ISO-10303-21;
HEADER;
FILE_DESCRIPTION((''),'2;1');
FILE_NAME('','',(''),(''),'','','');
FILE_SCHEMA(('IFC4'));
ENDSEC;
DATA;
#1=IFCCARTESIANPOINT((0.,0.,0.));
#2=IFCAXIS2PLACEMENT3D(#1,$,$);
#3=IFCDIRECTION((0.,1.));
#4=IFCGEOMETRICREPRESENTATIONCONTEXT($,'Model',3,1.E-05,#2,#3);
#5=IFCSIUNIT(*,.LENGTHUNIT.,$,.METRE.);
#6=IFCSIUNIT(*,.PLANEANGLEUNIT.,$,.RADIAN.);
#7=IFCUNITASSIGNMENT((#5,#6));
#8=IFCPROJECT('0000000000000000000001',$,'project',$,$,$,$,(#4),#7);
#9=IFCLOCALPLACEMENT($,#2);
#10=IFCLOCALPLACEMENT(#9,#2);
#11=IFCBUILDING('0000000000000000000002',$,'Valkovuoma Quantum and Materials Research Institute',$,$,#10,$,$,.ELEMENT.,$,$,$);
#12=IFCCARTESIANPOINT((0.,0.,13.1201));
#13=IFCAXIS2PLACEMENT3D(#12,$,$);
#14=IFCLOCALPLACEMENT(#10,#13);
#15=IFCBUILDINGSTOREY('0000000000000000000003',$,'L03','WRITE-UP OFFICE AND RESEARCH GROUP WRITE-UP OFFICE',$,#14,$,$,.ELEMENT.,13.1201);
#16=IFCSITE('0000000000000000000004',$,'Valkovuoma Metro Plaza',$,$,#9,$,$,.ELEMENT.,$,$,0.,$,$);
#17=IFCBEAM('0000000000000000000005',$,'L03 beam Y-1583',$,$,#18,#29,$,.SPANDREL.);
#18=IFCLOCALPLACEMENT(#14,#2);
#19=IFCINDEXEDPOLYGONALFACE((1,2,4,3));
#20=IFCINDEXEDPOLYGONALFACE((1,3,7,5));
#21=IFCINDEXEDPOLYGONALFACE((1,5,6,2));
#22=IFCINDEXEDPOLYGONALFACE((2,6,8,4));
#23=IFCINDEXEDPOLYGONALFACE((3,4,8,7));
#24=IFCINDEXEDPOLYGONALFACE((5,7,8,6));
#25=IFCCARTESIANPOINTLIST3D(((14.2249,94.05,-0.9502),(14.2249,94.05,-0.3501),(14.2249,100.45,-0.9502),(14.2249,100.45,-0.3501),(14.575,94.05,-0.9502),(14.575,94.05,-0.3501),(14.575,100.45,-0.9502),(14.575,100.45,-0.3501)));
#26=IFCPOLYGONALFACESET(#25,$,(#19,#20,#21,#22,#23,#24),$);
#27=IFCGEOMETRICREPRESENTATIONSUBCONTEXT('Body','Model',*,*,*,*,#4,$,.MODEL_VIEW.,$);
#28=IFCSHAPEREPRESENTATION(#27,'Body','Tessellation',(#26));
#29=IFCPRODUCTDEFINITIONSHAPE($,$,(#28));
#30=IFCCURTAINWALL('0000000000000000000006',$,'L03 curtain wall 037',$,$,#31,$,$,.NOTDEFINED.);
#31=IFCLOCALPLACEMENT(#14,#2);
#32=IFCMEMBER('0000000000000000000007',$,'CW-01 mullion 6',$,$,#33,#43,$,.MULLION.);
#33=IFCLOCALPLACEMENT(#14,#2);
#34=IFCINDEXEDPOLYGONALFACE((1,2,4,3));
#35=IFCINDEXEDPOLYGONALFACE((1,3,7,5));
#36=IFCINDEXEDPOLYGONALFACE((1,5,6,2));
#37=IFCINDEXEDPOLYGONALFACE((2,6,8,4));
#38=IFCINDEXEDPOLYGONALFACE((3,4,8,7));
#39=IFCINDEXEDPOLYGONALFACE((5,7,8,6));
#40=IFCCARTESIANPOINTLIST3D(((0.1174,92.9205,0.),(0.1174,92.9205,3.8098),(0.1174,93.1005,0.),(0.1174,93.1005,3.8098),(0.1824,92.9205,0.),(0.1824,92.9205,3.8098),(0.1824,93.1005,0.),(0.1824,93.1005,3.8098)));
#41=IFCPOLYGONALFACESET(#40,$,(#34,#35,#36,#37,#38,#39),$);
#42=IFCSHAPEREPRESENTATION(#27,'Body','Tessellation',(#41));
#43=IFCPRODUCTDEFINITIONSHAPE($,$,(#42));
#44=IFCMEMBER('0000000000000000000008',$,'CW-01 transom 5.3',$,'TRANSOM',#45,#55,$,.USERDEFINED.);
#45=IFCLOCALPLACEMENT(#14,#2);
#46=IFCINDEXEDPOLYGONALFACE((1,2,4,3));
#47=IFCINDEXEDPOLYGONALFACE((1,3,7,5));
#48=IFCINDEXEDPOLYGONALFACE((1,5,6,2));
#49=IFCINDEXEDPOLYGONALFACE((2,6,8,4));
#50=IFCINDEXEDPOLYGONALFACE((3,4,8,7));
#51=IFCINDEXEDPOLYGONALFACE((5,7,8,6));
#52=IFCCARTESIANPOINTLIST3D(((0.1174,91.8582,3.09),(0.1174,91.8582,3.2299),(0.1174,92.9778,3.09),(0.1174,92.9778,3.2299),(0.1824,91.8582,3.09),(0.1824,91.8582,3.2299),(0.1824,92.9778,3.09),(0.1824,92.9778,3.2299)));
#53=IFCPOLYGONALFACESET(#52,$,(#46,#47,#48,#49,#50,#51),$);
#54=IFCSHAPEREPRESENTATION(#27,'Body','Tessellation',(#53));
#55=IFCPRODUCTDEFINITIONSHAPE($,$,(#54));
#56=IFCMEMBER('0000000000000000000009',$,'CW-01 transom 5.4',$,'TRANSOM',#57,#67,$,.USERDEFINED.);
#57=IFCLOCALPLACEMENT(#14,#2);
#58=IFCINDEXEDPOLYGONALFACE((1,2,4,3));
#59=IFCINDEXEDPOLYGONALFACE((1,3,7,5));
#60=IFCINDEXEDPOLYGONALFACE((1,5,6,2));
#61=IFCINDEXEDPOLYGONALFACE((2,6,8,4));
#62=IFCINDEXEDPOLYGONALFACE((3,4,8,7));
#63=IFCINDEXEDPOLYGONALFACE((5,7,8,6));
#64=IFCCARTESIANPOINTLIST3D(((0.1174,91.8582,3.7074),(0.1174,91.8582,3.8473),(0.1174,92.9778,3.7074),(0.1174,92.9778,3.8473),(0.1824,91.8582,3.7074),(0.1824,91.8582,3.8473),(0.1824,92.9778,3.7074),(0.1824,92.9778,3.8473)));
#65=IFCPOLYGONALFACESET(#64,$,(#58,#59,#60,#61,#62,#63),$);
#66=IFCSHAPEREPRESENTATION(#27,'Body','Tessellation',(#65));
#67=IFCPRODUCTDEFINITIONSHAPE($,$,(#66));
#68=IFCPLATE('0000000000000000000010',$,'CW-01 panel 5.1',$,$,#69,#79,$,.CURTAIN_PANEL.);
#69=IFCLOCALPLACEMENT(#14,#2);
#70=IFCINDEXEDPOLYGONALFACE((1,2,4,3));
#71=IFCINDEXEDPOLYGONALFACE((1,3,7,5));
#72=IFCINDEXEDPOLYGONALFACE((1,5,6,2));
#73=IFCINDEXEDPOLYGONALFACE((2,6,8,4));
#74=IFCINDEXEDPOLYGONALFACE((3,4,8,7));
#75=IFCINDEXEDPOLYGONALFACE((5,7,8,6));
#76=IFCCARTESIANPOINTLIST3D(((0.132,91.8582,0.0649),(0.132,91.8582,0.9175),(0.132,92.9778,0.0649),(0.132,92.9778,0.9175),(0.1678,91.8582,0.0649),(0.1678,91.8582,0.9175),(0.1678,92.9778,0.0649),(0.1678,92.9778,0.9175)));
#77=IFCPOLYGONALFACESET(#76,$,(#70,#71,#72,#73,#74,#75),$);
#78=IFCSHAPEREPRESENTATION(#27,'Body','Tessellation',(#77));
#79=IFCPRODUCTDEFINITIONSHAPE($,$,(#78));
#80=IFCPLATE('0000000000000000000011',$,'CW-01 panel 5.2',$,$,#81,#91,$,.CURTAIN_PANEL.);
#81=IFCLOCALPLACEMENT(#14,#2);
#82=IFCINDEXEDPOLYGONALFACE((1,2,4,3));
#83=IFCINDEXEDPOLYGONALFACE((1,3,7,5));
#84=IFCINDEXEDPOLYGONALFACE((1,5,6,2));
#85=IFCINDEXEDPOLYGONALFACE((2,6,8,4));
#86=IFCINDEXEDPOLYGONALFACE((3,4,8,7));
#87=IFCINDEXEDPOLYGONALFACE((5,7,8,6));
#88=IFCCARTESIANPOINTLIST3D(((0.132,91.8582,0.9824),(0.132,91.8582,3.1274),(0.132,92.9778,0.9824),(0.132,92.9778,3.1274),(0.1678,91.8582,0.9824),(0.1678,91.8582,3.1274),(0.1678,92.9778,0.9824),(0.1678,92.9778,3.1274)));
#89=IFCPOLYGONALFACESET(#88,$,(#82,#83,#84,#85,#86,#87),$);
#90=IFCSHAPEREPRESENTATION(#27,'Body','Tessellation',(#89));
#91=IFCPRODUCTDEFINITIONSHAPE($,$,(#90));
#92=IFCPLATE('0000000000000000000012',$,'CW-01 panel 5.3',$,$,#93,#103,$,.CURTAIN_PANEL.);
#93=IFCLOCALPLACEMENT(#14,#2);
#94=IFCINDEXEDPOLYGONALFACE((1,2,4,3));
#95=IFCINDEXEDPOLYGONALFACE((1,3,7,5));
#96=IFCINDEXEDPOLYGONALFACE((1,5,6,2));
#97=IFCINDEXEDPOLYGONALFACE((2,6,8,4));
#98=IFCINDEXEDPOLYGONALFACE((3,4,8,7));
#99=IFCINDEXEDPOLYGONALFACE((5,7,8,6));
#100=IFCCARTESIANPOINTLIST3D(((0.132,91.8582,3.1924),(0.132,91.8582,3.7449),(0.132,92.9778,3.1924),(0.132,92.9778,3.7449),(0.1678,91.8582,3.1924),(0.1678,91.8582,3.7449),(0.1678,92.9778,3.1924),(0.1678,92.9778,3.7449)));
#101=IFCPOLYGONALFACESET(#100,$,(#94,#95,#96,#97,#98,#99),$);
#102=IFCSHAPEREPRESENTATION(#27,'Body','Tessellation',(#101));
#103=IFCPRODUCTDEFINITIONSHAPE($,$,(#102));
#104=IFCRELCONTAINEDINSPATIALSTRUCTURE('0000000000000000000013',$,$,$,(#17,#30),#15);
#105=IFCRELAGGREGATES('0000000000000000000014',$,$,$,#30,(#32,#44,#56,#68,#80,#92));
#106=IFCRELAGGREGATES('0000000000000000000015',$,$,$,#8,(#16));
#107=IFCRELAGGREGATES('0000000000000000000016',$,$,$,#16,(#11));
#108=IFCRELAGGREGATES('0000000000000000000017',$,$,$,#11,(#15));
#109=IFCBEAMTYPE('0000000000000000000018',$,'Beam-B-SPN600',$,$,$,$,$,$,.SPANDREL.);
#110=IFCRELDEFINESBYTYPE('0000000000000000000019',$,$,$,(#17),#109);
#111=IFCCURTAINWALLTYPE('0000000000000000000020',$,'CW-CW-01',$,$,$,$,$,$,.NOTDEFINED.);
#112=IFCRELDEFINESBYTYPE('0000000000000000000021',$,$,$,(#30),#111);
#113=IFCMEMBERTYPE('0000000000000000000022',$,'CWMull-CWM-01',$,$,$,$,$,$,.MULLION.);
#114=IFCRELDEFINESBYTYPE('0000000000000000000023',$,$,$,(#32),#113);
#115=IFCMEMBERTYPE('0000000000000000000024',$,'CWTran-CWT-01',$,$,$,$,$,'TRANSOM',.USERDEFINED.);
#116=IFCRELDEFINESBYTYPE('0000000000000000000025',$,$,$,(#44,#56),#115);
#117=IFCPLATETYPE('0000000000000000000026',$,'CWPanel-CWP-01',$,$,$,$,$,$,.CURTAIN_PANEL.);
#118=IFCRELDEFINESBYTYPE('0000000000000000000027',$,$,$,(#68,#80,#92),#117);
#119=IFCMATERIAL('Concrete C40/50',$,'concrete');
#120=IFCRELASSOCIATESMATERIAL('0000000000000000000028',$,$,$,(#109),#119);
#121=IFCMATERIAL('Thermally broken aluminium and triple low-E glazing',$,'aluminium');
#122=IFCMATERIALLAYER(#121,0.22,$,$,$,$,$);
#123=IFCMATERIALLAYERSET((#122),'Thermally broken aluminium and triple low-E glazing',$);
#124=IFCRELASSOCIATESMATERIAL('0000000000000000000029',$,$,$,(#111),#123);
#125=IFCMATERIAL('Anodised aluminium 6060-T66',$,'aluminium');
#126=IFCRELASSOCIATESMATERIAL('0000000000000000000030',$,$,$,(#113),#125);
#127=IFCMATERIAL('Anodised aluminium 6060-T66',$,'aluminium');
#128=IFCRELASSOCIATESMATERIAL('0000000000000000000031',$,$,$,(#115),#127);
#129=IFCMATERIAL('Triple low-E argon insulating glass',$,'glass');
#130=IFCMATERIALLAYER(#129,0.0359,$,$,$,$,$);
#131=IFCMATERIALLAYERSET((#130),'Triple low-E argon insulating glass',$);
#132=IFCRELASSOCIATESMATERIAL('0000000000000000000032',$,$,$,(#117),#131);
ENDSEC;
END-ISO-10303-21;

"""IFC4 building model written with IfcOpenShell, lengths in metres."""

from ifc_helpers import new_model, si_unit, direction, frame, origin, origin_2d, place, context, subcontext, project, spatial, rectangle, extrude, material, layer, layer_set, material_profile, profile_set, type_object, element, aggregate, save


model = new_model("IFC4")

# Units and contexts
model_context = context("Model", 3, precision=1e-05, world=origin(), true_north=direction((0.0, 1.0)))
body_context = subcontext(model_context, "Body", "Model", "MODEL_VIEW")
ifc_project = project(units=[si_unit("LENGTHUNIT", "METRE"), si_unit("PLANEANGLEUNIT", "RADIAN")], contexts=[model_context])

# Site, building, storey
site_placement = place(None, origin())
site = spatial("IfcSite", under=ifc_project, at=site_placement, Name="Valkovuoma Metro Plaza", CompositionType="ELEMENT", RefElevation=0.0)
building_placement = place(site_placement, origin())
building = spatial("IfcBuilding", under=site, at=building_placement, Name="Valkovuoma Quantum and Materials Research Institute", CompositionType="ELEMENT")
storey_placement = place(building_placement, frame((0.0, 0.0, 13.1201)))
storey = spatial("IfcBuildingStorey", under=building, at=storey_placement, Name="L03", Description="WRITE-UP OFFICE AND RESEARCH GROUP WRITE-UP OFFICE", CompositionType="ELEMENT", Elevation=13.1201)

# Beam
ifc_material_1 = material(Name="Concrete C40/50", Category="concrete")
ifc_material_profile_1 = material_profile(ifc_material_1, rectangle(XDim=0.3501, YDim=0.6001, at=origin_2d()), Name="Concrete C40/50")
ifc_profile_set_1 = profile_set([ifc_material_profile_1], Name="Concrete C40/50")
beam_type_1 = type_object("IfcBeamType", Name="Beam-B-SPN600", PredefinedType="SPANDREL", material=ifc_profile_set_1)
beam_1_placement = place(storey_placement, frame((14.3999, 94.05, -0.6501), z_axis=(0.0, 1.0, 0.0), x_axis=(-1.0, 0.0, 0.0)))
element("IfcBeam", 1, at=beam_1_placement, inside=storey, type_object=beam_type_1, Name="L03 beam Y-1583", PredefinedType="SPANDREL", context=body_context, shape_type="SweptSolid", body=[
    extrude(rectangle(XDim=0.3501, YDim=0.6001, at=origin_2d()), origin(), (0.0, 0.0, 1.0), 6.3999),
])

# Curtain wall, members, plates
ifc_material_2 = material(Name="Thermally broken aluminium and triple low-E glazing", Category="aluminium")
ifc_layer_1 = layer(ifc_material_2, 0.22)
ifc_layer_set_1 = layer_set([ifc_layer_1], Name="Thermally broken aluminium and triple low-E glazing")
curtain_wall_type = type_object("IfcCurtainWallType", Name="CW-CW-01", PredefinedType="NOTDEFINED", material=ifc_layer_set_1)
curtain_wall_placement = place(storey_placement, origin())
curtain_wall = element("IfcCurtainWall", 2, at=curtain_wall_placement, inside=storey, type_object=curtain_wall_type, Name="L03 curtain wall 037", PredefinedType="NOTDEFINED")
ifc_material_3 = material(Name="Anodised aluminium 6060-T66", Category="aluminium")
ifc_material_profile_2 = material_profile(ifc_material_3, rectangle(XDim=0.0649, YDim=0.1799, at=origin_2d()), Name="Anodised aluminium 6060-T66")
ifc_profile_set_2 = profile_set([ifc_material_profile_2], Name="Anodised aluminium 6060-T66")
member_type_1 = type_object("IfcMemberType", Name="CWMull-CWM-01", PredefinedType="MULLION", material=ifc_profile_set_2)
member_1_placement = place(storey_placement, frame((0.1499, 93.0105, 0.0), z_axis=(0.0, 0.0, 1.0), x_axis=(-1.0, 0.0, 0.0)))
member_1 = element("IfcMember", 3, at=member_1_placement, type_object=member_type_1, Name="CW-01 mullion 6", PredefinedType="MULLION", context=body_context, shape_type="SweptSolid", body=[
    extrude(rectangle(XDim=0.0649, YDim=0.1799, at=origin_2d()), origin(), (0.0, 0.0, 1.0), 3.8098),
])
ifc_material_4 = material(Name="Anodised aluminium 6060-T66", Category="aluminium")
ifc_material_profile_3 = material_profile(ifc_material_4, rectangle(XDim=0.0649, YDim=0.1399, at=origin_2d()), Name="Anodised aluminium 6060-T66")
ifc_profile_set_3 = profile_set([ifc_material_profile_3], Name="Anodised aluminium 6060-T66")
member_type_2 = type_object("IfcMemberType", Name="CWTran-CWT-01", ElementType="TRANSOM", PredefinedType="USERDEFINED", material=ifc_profile_set_3)
member_2_placement = place(storey_placement, frame((0.1499, 91.8582, 3.1599), z_axis=(0.0, 1.0, 0.0), x_axis=(-1.0, 0.0, 0.0)))
member_2 = element("IfcMember", 4, at=member_2_placement, type_object=member_type_2, Name="CW-01 transom 5.3", ObjectType="TRANSOM", PredefinedType="USERDEFINED", context=body_context, shape_type="SweptSolid", body=[
    extrude(rectangle(XDim=0.0649, YDim=0.1399, at=origin_2d()), origin(), (0.0, 0.0, 1.0), 1.1196),
])
member_3_placement = place(storey_placement, frame((0.1499, 91.8582, 3.7773), z_axis=(0.0, 1.0, 0.0), x_axis=(-1.0, 0.0, 0.0)))
member_3 = element("IfcMember", 5, at=member_3_placement, type_object=member_type_2, Name="CW-01 transom 5.4", ObjectType="TRANSOM", PredefinedType="USERDEFINED", context=body_context, shape_type="SweptSolid", body=[
    extrude(rectangle(XDim=0.0649, YDim=0.1399, at=origin_2d()), origin(), (0.0, 0.0, 1.0), 1.1196),
])
ifc_material_5 = material(Name="Triple low-E argon insulating glass", Category="glass")
ifc_layer_2 = layer(ifc_material_5, 0.0359)
ifc_layer_set_2 = layer_set([ifc_layer_2], Name="Triple low-E argon insulating glass")
plate_type = type_object("IfcPlateType", Name="CWPanel-CWP-01", PredefinedType="CURTAIN_PANEL", material=ifc_layer_set_2)
plate_1_placement = place(storey_placement, frame((0.1499, 92.418, 0.0649), z_axis=(0.0, 0.0, 1.0), x_axis=(0.0, 1.0, 0.0)))
plate_1 = element("IfcPlate", 6, at=plate_1_placement, type_object=plate_type, Name="CW-01 panel 5.1", PredefinedType="CURTAIN_PANEL", context=body_context, shape_type="SweptSolid", body=[
    extrude(rectangle(XDim=1.1196, YDim=0.0359, at=origin_2d()), origin(), (0.0, 0.0, 1.0), 0.8525),
])
plate_2_placement = place(storey_placement, frame((0.1499, 92.418, 0.9824), z_axis=(0.0, 0.0, 1.0), x_axis=(0.0, 1.0, 0.0)))
plate_2 = element("IfcPlate", 7, at=plate_2_placement, type_object=plate_type, Name="CW-01 panel 5.2", PredefinedType="CURTAIN_PANEL", context=body_context, shape_type="SweptSolid", body=[
    extrude(rectangle(XDim=1.1196, YDim=0.0359, at=origin_2d()), origin(), (0.0, 0.0, 1.0), 2.145),
])
plate_3_placement = place(storey_placement, frame((0.1499, 92.418, 3.1924), z_axis=(0.0, 0.0, 1.0), x_axis=(0.0, 1.0, 0.0)))
plate_3 = element("IfcPlate", 8, at=plate_3_placement, type_object=plate_type, Name="CW-01 panel 5.3", PredefinedType="CURTAIN_PANEL", context=body_context, shape_type="SweptSolid", body=[
    extrude(rectangle(XDim=1.1196, YDim=0.0359, at=origin_2d()), origin(), (0.0, 0.0, 1.0), 0.5525),
])
aggregate(curtain_wall, [member_1, member_2, member_3, plate_1, plate_2, plate_3])

save(model, "model.ifc")
